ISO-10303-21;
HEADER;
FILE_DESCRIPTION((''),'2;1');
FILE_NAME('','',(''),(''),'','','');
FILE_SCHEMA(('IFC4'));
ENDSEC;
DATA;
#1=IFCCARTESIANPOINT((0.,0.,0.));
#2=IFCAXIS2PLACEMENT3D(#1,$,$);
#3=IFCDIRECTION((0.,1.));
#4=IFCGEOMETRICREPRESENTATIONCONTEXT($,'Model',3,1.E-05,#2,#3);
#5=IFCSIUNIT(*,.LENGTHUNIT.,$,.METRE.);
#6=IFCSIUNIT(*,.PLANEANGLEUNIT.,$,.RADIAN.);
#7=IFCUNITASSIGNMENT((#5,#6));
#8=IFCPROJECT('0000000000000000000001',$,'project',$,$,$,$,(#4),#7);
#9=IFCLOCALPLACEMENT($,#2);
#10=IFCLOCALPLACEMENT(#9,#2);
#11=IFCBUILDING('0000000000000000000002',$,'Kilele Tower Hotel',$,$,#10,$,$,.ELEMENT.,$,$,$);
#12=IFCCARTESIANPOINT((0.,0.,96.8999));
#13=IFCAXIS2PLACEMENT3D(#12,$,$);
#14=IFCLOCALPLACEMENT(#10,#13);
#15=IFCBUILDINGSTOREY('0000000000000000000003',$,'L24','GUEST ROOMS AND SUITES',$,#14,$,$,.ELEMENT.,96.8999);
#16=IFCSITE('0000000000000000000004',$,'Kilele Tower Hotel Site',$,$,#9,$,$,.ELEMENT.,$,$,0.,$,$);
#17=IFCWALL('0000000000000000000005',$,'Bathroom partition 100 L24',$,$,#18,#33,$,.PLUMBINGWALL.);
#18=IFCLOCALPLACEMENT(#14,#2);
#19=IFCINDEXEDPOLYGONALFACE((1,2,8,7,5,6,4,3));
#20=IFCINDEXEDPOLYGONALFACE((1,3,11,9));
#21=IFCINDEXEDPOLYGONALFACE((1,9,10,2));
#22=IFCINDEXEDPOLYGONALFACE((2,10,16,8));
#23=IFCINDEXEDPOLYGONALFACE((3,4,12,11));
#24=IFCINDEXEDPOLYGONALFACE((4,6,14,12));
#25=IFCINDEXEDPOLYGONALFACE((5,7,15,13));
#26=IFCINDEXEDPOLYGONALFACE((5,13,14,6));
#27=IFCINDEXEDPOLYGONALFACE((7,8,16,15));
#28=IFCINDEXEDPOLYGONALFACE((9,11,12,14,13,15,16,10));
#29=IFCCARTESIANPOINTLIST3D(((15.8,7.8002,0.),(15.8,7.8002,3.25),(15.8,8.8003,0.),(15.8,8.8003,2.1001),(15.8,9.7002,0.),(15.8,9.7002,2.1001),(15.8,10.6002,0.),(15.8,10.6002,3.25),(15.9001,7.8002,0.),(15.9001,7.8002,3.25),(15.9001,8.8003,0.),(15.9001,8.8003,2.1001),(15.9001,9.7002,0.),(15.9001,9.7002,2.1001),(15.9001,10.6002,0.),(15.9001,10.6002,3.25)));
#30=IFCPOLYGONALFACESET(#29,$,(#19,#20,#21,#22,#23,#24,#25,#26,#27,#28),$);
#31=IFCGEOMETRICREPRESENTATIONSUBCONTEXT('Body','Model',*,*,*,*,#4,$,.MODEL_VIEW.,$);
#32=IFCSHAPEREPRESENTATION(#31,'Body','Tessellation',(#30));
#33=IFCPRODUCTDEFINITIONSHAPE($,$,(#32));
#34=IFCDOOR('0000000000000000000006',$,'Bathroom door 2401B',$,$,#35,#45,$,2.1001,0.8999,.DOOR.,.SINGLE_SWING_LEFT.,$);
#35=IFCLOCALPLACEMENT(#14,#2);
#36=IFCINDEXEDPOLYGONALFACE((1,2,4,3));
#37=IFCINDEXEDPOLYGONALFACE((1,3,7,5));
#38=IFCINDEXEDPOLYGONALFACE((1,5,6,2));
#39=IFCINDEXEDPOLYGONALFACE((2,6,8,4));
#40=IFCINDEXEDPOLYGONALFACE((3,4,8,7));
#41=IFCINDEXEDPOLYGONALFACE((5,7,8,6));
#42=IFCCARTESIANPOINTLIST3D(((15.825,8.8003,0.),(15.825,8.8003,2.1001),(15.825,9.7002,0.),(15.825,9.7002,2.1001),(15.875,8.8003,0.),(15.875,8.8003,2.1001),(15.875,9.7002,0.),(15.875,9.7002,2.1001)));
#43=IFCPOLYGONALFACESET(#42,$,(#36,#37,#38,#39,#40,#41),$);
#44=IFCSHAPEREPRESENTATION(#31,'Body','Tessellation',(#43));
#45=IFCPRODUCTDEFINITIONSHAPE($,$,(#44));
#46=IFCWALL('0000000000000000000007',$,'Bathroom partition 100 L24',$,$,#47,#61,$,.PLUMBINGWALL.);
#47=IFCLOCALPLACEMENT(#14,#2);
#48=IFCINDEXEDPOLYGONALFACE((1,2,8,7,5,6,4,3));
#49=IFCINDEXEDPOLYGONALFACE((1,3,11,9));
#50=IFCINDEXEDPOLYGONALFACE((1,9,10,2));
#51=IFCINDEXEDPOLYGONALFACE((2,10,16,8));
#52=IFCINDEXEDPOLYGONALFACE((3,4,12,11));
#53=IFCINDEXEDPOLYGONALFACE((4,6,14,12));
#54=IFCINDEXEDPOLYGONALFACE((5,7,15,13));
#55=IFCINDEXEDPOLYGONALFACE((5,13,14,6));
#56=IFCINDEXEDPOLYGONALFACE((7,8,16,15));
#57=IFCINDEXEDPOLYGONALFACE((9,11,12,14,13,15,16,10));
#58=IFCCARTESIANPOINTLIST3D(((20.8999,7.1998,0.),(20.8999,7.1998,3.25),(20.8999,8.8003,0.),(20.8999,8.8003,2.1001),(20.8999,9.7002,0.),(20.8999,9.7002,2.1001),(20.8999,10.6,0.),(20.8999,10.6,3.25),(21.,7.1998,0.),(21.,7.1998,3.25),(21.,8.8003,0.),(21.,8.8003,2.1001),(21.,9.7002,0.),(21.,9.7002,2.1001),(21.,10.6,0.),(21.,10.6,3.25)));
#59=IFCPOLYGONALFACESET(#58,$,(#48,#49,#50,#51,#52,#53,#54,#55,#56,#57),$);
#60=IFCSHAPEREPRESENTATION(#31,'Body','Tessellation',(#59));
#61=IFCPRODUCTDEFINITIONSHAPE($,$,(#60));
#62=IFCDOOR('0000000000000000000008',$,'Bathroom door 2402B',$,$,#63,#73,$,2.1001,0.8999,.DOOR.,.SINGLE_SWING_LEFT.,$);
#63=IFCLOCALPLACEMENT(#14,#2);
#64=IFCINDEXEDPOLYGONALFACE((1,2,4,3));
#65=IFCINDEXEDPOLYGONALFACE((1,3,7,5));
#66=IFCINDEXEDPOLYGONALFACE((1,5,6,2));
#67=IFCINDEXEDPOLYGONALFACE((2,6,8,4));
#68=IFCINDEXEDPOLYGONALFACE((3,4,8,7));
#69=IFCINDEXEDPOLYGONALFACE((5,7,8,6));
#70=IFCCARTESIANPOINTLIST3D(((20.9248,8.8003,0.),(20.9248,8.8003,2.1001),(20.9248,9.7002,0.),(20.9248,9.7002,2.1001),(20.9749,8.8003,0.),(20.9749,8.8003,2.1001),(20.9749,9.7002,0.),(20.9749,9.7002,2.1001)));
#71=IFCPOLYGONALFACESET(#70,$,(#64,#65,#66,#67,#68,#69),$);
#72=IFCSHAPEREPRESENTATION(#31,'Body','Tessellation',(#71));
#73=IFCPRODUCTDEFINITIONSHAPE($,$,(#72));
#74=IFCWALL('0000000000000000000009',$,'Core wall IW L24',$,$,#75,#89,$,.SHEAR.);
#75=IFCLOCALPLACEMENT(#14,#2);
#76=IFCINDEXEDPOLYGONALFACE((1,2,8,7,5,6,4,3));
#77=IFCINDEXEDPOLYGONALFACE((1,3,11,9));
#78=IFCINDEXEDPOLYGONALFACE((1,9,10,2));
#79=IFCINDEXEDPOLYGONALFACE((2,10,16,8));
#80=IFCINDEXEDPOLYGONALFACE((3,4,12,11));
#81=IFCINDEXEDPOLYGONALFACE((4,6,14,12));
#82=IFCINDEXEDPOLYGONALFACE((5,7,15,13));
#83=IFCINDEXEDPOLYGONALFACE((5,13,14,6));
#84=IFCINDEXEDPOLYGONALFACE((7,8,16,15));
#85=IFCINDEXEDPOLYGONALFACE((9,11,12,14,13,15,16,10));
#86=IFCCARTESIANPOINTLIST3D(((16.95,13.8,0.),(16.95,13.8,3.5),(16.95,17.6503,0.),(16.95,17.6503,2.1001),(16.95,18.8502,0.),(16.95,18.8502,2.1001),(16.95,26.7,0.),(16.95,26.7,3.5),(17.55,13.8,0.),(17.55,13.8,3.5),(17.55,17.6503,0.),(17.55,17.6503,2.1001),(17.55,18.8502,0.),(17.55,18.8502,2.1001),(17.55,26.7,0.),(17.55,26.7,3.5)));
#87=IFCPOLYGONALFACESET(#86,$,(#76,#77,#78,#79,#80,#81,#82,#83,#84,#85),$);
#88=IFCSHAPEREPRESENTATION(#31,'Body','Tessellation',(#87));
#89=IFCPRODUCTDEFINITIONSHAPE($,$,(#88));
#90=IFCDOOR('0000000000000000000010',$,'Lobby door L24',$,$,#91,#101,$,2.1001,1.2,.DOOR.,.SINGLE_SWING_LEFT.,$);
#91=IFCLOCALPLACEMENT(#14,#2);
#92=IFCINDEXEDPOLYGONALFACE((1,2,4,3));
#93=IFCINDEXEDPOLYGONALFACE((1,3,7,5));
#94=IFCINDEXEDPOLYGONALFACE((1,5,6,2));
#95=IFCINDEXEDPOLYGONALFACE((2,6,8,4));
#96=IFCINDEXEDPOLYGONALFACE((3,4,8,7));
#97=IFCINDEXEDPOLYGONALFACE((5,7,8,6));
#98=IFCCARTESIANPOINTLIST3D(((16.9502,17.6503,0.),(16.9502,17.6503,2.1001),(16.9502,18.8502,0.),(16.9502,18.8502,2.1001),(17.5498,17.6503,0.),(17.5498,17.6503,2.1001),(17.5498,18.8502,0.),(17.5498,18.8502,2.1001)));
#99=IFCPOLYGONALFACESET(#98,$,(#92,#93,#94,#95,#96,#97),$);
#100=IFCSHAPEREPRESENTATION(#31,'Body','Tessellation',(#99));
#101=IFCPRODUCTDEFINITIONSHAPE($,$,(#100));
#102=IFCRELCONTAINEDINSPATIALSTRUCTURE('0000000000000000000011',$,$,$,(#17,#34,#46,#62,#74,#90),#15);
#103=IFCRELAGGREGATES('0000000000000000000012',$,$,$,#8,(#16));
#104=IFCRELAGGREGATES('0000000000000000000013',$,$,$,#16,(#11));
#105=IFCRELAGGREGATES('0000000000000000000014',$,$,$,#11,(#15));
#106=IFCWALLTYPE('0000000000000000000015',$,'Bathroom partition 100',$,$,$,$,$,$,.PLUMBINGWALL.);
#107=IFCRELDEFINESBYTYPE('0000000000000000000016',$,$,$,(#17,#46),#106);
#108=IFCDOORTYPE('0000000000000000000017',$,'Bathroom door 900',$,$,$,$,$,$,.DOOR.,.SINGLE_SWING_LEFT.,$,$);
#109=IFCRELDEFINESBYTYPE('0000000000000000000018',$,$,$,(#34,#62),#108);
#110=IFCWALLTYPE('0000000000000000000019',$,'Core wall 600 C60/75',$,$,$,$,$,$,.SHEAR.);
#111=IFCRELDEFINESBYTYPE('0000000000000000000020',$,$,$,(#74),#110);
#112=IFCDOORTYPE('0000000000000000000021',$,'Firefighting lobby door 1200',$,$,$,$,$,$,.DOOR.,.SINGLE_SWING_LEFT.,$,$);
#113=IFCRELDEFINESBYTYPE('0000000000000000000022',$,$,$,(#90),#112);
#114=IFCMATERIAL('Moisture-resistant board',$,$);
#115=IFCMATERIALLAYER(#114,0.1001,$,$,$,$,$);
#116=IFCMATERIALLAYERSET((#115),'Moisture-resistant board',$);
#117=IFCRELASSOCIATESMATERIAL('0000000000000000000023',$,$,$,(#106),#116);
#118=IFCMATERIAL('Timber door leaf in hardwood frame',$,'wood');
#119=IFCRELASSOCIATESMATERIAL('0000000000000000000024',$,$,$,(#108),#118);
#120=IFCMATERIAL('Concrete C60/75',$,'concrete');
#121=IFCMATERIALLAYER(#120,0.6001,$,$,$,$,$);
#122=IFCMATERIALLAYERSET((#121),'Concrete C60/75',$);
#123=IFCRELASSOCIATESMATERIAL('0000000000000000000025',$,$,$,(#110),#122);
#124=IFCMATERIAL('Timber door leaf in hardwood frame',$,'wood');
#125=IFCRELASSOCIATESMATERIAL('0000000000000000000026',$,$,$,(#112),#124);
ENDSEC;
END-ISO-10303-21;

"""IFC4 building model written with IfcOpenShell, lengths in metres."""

from ifc_helpers import new_model, si_unit, direction, frame, frame_2d, origin, place, context, subcontext, project, spatial, rectangle, extrude, material, layer, layer_set, type_object, element, fill, save


model = new_model("IFC4")

# Units and contexts
model_context = context("Model", 3, precision=1e-05, world=origin(), true_north=direction((0.0, 1.0)))
body_context = subcontext(model_context, "Body", "Model", "MODEL_VIEW")
ifc_project = project(units=[si_unit("LENGTHUNIT", "METRE"), si_unit("PLANEANGLEUNIT", "RADIAN")], contexts=[model_context])

# Site, building, storey
site_placement = place(None, origin())
site = spatial("IfcSite", under=ifc_project, at=site_placement, Name="Kilele Tower Hotel Site", CompositionType="ELEMENT", RefElevation=0.0)
building_placement = place(site_placement, origin())
building = spatial("IfcBuilding", under=site, at=building_placement, Name="Kilele Tower Hotel", CompositionType="ELEMENT")
storey_placement = place(building_placement, frame((0.0, 0.0, 96.8999)))
storey = spatial("IfcBuildingStorey", under=building, at=storey_placement, Name="L24", Description="GUEST ROOMS AND SUITES", CompositionType="ELEMENT", Elevation=96.8999)

# Walls, openings, doors
ifc_material_1 = material(Name="Moisture-resistant board")
ifc_layer_1 = layer(ifc_material_1, 0.1001)
ifc_layer_set_1 = layer_set([ifc_layer_1], Name="Moisture-resistant board")
wall_type_1 = type_object("IfcWallType", Name="Bathroom partition 100", PredefinedType="PLUMBINGWALL", material=ifc_layer_set_1)
wall_1_placement = place(storey_placement, frame((15.8501, 10.6001, 0.0), z_axis=(0.0, 0.0, 1.0), x_axis=(0.0, -1.0, 0.0)))
wall_1 = element("IfcWall", 1, at=wall_1_placement, inside=storey, type_object=wall_type_1, Name="Bathroom partition 100 L24", PredefinedType="PLUMBINGWALL", context=body_context, shape_type="SweptSolid", body=[
    extrude(rectangle(XDim=2.8, YDim=0.1001, at=frame_2d((1.3999, 0.0))), origin(), (0.0, 0.0, 1.0), 3.25),
])
opening_1_placement = place(wall_1_placement, frame((0.8999, 0.0, 0.0)))
opening_1 = element("IfcOpeningElement", 2, at=opening_1_placement, cuts=wall_1, PredefinedType="OPENING", context=body_context, shape_type="SweptSolid", body=[
    extrude(rectangle(XDim=0.8999, YDim=2.1001, at=frame_2d((0.45, 1.05))), frame((0.0, 0.0601, 0.0), z_axis=(0.0, -1.0, 0.0), x_axis=(1.0, 0.0, 0.0)), (0.0, 0.0, 1.0), 0.1201),
])
ifc_material_2 = material(Name="Timber door leaf in hardwood frame", Category="wood")
door_type_1 = type_object("IfcDoorType", Name="Bathroom door 900", OperationType="SINGLE_SWING_LEFT", PredefinedType="DOOR", material=ifc_material_2)
door_1_placement = place(opening_1_placement, origin())
door_1 = element("IfcDoor", 3, at=door_1_placement, inside=storey, type_object=door_type_1, Name="Bathroom door 2401B", OperationType="SINGLE_SWING_LEFT", OverallHeight=2.1001, OverallWidth=0.8999, PredefinedType="DOOR", context=body_context, shape_type="SweptSolid", body=[
    extrude(rectangle(XDim=0.8999, YDim=2.1001, at=frame_2d((0.45, 1.05))), frame((0.0, 0.0249, 0.0), z_axis=(0.0, -1.0, 0.0), x_axis=(1.0, 0.0, 0.0)), (0.0, 0.0, 1.0), 0.05),
])
fill(opening_1, door_1)
wall_2_placement = place(storey_placement, frame((20.95, 10.6001, 0.0), z_axis=(0.0, 0.0, 1.0), x_axis=(0.0, -1.0, 0.0)))
wall_2 = element("IfcWall", 4, at=wall_2_placement, inside=storey, type_object=wall_type_1, Name="Bathroom partition 100 L24", PredefinedType="PLUMBINGWALL", context=body_context, shape_type="SweptSolid", body=[
    extrude(rectangle(XDim=3.4001, YDim=0.1001, at=frame_2d((1.7002, 0.0))), origin(), (0.0, 0.0, 1.0), 3.25),
])
opening_2_placement = place(wall_2_placement, frame((0.8999, 0.0, 0.0)))
opening_2 = element("IfcOpeningElement", 5, at=opening_2_placement, cuts=wall_2, PredefinedType="OPENING", context=body_context, shape_type="SweptSolid", body=[
    extrude(rectangle(XDim=0.8999, YDim=2.1001, at=frame_2d((0.45, 1.05))), frame((0.0, 0.0601, 0.0), z_axis=(0.0, -1.0, 0.0), x_axis=(1.0, 0.0, 0.0)), (0.0, 0.0, 1.0), 0.1201),
])
door_2_placement = place(opening_2_placement, origin())
door_2 = element("IfcDoor", 6, at=door_2_placement, inside=storey, type_object=door_type_1, Name="Bathroom door 2402B", OperationType="SINGLE_SWING_LEFT", OverallHeight=2.1001, OverallWidth=0.8999, PredefinedType="DOOR", context=body_context, shape_type="SweptSolid", body=[
    extrude(rectangle(XDim=0.8999, YDim=2.1001, at=frame_2d((0.45, 1.05))), frame((0.0, 0.0249, 0.0), z_axis=(0.0, -1.0, 0.0), x_axis=(1.0, 0.0, 0.0)), (0.0, 0.0, 1.0), 0.05),
])
fill(opening_2, door_2)
ifc_material_3 = material(Name="Concrete C60/75", Category="concrete")
ifc_layer_2 = layer(ifc_material_3, 0.6001)
ifc_layer_set_2 = layer_set([ifc_layer_2], Name="Concrete C60/75")
wall_type_2 = type_object("IfcWallType", Name="Core wall 600 C60/75", PredefinedType="SHEAR", material=ifc_layer_set_2)
wall_3_placement = place(storey_placement, frame((17.25, 13.8, 0.0), z_axis=(0.0, 0.0, 1.0), x_axis=(0.0, 1.0, 0.0)))
wall_3 = element("IfcWall", 7, at=wall_3_placement, inside=storey, type_object=wall_type_2, Name="Core wall IW L24", PredefinedType="SHEAR", context=body_context, shape_type="SweptSolid", body=[
    extrude(rectangle(XDim=12.8999, YDim=0.6001, at=frame_2d((6.45, 0.0))), origin(), (0.0, 0.0, 1.0), 3.5),
])
opening_3_placement = place(wall_3_placement, frame((3.8501, 0.0, 0.0)))
opening_3 = element("IfcOpeningElement", 8, at=opening_3_placement, cuts=wall_3, PredefinedType="OPENING", context=body_context, shape_type="SweptSolid", body=[
    extrude(rectangle(XDim=1.2, YDim=2.1001, at=frame_2d((0.6001, 1.05))), frame((0.0, 0.3101, 0.0), z_axis=(0.0, -1.0, 0.0), x_axis=(1.0, 0.0, 0.0)), (0.0, 0.0, 1.0), 0.6201),
])
ifc_material_4 = material(Name="Timber door leaf in hardwood frame", Category="wood")
door_type_2 = type_object("IfcDoorType", Name="Firefighting lobby door 1200", OperationType="SINGLE_SWING_LEFT", PredefinedType="DOOR", material=ifc_material_4)
door_3_placement = place(opening_3_placement, origin())
door_3 = element("IfcDoor", 9, at=door_3_placement, inside=storey, type_object=door_type_2, Name="Lobby door L24", OperationType="SINGLE_SWING_LEFT", OverallHeight=2.1001, OverallWidth=1.2, PredefinedType="DOOR", context=body_context, shape_type="SweptSolid", body=[
    extrude(rectangle(XDim=1.2, YDim=2.1001, at=frame_2d((0.6001, 1.05))), frame((0.0, 0.2998, 0.0), z_axis=(0.0, -1.0, 0.0), x_axis=(1.0, 0.0, 0.0)), (0.0, 0.0, 1.0), 0.5996),
])
fill(opening_3, door_3)

save(model, "model.ifc")
